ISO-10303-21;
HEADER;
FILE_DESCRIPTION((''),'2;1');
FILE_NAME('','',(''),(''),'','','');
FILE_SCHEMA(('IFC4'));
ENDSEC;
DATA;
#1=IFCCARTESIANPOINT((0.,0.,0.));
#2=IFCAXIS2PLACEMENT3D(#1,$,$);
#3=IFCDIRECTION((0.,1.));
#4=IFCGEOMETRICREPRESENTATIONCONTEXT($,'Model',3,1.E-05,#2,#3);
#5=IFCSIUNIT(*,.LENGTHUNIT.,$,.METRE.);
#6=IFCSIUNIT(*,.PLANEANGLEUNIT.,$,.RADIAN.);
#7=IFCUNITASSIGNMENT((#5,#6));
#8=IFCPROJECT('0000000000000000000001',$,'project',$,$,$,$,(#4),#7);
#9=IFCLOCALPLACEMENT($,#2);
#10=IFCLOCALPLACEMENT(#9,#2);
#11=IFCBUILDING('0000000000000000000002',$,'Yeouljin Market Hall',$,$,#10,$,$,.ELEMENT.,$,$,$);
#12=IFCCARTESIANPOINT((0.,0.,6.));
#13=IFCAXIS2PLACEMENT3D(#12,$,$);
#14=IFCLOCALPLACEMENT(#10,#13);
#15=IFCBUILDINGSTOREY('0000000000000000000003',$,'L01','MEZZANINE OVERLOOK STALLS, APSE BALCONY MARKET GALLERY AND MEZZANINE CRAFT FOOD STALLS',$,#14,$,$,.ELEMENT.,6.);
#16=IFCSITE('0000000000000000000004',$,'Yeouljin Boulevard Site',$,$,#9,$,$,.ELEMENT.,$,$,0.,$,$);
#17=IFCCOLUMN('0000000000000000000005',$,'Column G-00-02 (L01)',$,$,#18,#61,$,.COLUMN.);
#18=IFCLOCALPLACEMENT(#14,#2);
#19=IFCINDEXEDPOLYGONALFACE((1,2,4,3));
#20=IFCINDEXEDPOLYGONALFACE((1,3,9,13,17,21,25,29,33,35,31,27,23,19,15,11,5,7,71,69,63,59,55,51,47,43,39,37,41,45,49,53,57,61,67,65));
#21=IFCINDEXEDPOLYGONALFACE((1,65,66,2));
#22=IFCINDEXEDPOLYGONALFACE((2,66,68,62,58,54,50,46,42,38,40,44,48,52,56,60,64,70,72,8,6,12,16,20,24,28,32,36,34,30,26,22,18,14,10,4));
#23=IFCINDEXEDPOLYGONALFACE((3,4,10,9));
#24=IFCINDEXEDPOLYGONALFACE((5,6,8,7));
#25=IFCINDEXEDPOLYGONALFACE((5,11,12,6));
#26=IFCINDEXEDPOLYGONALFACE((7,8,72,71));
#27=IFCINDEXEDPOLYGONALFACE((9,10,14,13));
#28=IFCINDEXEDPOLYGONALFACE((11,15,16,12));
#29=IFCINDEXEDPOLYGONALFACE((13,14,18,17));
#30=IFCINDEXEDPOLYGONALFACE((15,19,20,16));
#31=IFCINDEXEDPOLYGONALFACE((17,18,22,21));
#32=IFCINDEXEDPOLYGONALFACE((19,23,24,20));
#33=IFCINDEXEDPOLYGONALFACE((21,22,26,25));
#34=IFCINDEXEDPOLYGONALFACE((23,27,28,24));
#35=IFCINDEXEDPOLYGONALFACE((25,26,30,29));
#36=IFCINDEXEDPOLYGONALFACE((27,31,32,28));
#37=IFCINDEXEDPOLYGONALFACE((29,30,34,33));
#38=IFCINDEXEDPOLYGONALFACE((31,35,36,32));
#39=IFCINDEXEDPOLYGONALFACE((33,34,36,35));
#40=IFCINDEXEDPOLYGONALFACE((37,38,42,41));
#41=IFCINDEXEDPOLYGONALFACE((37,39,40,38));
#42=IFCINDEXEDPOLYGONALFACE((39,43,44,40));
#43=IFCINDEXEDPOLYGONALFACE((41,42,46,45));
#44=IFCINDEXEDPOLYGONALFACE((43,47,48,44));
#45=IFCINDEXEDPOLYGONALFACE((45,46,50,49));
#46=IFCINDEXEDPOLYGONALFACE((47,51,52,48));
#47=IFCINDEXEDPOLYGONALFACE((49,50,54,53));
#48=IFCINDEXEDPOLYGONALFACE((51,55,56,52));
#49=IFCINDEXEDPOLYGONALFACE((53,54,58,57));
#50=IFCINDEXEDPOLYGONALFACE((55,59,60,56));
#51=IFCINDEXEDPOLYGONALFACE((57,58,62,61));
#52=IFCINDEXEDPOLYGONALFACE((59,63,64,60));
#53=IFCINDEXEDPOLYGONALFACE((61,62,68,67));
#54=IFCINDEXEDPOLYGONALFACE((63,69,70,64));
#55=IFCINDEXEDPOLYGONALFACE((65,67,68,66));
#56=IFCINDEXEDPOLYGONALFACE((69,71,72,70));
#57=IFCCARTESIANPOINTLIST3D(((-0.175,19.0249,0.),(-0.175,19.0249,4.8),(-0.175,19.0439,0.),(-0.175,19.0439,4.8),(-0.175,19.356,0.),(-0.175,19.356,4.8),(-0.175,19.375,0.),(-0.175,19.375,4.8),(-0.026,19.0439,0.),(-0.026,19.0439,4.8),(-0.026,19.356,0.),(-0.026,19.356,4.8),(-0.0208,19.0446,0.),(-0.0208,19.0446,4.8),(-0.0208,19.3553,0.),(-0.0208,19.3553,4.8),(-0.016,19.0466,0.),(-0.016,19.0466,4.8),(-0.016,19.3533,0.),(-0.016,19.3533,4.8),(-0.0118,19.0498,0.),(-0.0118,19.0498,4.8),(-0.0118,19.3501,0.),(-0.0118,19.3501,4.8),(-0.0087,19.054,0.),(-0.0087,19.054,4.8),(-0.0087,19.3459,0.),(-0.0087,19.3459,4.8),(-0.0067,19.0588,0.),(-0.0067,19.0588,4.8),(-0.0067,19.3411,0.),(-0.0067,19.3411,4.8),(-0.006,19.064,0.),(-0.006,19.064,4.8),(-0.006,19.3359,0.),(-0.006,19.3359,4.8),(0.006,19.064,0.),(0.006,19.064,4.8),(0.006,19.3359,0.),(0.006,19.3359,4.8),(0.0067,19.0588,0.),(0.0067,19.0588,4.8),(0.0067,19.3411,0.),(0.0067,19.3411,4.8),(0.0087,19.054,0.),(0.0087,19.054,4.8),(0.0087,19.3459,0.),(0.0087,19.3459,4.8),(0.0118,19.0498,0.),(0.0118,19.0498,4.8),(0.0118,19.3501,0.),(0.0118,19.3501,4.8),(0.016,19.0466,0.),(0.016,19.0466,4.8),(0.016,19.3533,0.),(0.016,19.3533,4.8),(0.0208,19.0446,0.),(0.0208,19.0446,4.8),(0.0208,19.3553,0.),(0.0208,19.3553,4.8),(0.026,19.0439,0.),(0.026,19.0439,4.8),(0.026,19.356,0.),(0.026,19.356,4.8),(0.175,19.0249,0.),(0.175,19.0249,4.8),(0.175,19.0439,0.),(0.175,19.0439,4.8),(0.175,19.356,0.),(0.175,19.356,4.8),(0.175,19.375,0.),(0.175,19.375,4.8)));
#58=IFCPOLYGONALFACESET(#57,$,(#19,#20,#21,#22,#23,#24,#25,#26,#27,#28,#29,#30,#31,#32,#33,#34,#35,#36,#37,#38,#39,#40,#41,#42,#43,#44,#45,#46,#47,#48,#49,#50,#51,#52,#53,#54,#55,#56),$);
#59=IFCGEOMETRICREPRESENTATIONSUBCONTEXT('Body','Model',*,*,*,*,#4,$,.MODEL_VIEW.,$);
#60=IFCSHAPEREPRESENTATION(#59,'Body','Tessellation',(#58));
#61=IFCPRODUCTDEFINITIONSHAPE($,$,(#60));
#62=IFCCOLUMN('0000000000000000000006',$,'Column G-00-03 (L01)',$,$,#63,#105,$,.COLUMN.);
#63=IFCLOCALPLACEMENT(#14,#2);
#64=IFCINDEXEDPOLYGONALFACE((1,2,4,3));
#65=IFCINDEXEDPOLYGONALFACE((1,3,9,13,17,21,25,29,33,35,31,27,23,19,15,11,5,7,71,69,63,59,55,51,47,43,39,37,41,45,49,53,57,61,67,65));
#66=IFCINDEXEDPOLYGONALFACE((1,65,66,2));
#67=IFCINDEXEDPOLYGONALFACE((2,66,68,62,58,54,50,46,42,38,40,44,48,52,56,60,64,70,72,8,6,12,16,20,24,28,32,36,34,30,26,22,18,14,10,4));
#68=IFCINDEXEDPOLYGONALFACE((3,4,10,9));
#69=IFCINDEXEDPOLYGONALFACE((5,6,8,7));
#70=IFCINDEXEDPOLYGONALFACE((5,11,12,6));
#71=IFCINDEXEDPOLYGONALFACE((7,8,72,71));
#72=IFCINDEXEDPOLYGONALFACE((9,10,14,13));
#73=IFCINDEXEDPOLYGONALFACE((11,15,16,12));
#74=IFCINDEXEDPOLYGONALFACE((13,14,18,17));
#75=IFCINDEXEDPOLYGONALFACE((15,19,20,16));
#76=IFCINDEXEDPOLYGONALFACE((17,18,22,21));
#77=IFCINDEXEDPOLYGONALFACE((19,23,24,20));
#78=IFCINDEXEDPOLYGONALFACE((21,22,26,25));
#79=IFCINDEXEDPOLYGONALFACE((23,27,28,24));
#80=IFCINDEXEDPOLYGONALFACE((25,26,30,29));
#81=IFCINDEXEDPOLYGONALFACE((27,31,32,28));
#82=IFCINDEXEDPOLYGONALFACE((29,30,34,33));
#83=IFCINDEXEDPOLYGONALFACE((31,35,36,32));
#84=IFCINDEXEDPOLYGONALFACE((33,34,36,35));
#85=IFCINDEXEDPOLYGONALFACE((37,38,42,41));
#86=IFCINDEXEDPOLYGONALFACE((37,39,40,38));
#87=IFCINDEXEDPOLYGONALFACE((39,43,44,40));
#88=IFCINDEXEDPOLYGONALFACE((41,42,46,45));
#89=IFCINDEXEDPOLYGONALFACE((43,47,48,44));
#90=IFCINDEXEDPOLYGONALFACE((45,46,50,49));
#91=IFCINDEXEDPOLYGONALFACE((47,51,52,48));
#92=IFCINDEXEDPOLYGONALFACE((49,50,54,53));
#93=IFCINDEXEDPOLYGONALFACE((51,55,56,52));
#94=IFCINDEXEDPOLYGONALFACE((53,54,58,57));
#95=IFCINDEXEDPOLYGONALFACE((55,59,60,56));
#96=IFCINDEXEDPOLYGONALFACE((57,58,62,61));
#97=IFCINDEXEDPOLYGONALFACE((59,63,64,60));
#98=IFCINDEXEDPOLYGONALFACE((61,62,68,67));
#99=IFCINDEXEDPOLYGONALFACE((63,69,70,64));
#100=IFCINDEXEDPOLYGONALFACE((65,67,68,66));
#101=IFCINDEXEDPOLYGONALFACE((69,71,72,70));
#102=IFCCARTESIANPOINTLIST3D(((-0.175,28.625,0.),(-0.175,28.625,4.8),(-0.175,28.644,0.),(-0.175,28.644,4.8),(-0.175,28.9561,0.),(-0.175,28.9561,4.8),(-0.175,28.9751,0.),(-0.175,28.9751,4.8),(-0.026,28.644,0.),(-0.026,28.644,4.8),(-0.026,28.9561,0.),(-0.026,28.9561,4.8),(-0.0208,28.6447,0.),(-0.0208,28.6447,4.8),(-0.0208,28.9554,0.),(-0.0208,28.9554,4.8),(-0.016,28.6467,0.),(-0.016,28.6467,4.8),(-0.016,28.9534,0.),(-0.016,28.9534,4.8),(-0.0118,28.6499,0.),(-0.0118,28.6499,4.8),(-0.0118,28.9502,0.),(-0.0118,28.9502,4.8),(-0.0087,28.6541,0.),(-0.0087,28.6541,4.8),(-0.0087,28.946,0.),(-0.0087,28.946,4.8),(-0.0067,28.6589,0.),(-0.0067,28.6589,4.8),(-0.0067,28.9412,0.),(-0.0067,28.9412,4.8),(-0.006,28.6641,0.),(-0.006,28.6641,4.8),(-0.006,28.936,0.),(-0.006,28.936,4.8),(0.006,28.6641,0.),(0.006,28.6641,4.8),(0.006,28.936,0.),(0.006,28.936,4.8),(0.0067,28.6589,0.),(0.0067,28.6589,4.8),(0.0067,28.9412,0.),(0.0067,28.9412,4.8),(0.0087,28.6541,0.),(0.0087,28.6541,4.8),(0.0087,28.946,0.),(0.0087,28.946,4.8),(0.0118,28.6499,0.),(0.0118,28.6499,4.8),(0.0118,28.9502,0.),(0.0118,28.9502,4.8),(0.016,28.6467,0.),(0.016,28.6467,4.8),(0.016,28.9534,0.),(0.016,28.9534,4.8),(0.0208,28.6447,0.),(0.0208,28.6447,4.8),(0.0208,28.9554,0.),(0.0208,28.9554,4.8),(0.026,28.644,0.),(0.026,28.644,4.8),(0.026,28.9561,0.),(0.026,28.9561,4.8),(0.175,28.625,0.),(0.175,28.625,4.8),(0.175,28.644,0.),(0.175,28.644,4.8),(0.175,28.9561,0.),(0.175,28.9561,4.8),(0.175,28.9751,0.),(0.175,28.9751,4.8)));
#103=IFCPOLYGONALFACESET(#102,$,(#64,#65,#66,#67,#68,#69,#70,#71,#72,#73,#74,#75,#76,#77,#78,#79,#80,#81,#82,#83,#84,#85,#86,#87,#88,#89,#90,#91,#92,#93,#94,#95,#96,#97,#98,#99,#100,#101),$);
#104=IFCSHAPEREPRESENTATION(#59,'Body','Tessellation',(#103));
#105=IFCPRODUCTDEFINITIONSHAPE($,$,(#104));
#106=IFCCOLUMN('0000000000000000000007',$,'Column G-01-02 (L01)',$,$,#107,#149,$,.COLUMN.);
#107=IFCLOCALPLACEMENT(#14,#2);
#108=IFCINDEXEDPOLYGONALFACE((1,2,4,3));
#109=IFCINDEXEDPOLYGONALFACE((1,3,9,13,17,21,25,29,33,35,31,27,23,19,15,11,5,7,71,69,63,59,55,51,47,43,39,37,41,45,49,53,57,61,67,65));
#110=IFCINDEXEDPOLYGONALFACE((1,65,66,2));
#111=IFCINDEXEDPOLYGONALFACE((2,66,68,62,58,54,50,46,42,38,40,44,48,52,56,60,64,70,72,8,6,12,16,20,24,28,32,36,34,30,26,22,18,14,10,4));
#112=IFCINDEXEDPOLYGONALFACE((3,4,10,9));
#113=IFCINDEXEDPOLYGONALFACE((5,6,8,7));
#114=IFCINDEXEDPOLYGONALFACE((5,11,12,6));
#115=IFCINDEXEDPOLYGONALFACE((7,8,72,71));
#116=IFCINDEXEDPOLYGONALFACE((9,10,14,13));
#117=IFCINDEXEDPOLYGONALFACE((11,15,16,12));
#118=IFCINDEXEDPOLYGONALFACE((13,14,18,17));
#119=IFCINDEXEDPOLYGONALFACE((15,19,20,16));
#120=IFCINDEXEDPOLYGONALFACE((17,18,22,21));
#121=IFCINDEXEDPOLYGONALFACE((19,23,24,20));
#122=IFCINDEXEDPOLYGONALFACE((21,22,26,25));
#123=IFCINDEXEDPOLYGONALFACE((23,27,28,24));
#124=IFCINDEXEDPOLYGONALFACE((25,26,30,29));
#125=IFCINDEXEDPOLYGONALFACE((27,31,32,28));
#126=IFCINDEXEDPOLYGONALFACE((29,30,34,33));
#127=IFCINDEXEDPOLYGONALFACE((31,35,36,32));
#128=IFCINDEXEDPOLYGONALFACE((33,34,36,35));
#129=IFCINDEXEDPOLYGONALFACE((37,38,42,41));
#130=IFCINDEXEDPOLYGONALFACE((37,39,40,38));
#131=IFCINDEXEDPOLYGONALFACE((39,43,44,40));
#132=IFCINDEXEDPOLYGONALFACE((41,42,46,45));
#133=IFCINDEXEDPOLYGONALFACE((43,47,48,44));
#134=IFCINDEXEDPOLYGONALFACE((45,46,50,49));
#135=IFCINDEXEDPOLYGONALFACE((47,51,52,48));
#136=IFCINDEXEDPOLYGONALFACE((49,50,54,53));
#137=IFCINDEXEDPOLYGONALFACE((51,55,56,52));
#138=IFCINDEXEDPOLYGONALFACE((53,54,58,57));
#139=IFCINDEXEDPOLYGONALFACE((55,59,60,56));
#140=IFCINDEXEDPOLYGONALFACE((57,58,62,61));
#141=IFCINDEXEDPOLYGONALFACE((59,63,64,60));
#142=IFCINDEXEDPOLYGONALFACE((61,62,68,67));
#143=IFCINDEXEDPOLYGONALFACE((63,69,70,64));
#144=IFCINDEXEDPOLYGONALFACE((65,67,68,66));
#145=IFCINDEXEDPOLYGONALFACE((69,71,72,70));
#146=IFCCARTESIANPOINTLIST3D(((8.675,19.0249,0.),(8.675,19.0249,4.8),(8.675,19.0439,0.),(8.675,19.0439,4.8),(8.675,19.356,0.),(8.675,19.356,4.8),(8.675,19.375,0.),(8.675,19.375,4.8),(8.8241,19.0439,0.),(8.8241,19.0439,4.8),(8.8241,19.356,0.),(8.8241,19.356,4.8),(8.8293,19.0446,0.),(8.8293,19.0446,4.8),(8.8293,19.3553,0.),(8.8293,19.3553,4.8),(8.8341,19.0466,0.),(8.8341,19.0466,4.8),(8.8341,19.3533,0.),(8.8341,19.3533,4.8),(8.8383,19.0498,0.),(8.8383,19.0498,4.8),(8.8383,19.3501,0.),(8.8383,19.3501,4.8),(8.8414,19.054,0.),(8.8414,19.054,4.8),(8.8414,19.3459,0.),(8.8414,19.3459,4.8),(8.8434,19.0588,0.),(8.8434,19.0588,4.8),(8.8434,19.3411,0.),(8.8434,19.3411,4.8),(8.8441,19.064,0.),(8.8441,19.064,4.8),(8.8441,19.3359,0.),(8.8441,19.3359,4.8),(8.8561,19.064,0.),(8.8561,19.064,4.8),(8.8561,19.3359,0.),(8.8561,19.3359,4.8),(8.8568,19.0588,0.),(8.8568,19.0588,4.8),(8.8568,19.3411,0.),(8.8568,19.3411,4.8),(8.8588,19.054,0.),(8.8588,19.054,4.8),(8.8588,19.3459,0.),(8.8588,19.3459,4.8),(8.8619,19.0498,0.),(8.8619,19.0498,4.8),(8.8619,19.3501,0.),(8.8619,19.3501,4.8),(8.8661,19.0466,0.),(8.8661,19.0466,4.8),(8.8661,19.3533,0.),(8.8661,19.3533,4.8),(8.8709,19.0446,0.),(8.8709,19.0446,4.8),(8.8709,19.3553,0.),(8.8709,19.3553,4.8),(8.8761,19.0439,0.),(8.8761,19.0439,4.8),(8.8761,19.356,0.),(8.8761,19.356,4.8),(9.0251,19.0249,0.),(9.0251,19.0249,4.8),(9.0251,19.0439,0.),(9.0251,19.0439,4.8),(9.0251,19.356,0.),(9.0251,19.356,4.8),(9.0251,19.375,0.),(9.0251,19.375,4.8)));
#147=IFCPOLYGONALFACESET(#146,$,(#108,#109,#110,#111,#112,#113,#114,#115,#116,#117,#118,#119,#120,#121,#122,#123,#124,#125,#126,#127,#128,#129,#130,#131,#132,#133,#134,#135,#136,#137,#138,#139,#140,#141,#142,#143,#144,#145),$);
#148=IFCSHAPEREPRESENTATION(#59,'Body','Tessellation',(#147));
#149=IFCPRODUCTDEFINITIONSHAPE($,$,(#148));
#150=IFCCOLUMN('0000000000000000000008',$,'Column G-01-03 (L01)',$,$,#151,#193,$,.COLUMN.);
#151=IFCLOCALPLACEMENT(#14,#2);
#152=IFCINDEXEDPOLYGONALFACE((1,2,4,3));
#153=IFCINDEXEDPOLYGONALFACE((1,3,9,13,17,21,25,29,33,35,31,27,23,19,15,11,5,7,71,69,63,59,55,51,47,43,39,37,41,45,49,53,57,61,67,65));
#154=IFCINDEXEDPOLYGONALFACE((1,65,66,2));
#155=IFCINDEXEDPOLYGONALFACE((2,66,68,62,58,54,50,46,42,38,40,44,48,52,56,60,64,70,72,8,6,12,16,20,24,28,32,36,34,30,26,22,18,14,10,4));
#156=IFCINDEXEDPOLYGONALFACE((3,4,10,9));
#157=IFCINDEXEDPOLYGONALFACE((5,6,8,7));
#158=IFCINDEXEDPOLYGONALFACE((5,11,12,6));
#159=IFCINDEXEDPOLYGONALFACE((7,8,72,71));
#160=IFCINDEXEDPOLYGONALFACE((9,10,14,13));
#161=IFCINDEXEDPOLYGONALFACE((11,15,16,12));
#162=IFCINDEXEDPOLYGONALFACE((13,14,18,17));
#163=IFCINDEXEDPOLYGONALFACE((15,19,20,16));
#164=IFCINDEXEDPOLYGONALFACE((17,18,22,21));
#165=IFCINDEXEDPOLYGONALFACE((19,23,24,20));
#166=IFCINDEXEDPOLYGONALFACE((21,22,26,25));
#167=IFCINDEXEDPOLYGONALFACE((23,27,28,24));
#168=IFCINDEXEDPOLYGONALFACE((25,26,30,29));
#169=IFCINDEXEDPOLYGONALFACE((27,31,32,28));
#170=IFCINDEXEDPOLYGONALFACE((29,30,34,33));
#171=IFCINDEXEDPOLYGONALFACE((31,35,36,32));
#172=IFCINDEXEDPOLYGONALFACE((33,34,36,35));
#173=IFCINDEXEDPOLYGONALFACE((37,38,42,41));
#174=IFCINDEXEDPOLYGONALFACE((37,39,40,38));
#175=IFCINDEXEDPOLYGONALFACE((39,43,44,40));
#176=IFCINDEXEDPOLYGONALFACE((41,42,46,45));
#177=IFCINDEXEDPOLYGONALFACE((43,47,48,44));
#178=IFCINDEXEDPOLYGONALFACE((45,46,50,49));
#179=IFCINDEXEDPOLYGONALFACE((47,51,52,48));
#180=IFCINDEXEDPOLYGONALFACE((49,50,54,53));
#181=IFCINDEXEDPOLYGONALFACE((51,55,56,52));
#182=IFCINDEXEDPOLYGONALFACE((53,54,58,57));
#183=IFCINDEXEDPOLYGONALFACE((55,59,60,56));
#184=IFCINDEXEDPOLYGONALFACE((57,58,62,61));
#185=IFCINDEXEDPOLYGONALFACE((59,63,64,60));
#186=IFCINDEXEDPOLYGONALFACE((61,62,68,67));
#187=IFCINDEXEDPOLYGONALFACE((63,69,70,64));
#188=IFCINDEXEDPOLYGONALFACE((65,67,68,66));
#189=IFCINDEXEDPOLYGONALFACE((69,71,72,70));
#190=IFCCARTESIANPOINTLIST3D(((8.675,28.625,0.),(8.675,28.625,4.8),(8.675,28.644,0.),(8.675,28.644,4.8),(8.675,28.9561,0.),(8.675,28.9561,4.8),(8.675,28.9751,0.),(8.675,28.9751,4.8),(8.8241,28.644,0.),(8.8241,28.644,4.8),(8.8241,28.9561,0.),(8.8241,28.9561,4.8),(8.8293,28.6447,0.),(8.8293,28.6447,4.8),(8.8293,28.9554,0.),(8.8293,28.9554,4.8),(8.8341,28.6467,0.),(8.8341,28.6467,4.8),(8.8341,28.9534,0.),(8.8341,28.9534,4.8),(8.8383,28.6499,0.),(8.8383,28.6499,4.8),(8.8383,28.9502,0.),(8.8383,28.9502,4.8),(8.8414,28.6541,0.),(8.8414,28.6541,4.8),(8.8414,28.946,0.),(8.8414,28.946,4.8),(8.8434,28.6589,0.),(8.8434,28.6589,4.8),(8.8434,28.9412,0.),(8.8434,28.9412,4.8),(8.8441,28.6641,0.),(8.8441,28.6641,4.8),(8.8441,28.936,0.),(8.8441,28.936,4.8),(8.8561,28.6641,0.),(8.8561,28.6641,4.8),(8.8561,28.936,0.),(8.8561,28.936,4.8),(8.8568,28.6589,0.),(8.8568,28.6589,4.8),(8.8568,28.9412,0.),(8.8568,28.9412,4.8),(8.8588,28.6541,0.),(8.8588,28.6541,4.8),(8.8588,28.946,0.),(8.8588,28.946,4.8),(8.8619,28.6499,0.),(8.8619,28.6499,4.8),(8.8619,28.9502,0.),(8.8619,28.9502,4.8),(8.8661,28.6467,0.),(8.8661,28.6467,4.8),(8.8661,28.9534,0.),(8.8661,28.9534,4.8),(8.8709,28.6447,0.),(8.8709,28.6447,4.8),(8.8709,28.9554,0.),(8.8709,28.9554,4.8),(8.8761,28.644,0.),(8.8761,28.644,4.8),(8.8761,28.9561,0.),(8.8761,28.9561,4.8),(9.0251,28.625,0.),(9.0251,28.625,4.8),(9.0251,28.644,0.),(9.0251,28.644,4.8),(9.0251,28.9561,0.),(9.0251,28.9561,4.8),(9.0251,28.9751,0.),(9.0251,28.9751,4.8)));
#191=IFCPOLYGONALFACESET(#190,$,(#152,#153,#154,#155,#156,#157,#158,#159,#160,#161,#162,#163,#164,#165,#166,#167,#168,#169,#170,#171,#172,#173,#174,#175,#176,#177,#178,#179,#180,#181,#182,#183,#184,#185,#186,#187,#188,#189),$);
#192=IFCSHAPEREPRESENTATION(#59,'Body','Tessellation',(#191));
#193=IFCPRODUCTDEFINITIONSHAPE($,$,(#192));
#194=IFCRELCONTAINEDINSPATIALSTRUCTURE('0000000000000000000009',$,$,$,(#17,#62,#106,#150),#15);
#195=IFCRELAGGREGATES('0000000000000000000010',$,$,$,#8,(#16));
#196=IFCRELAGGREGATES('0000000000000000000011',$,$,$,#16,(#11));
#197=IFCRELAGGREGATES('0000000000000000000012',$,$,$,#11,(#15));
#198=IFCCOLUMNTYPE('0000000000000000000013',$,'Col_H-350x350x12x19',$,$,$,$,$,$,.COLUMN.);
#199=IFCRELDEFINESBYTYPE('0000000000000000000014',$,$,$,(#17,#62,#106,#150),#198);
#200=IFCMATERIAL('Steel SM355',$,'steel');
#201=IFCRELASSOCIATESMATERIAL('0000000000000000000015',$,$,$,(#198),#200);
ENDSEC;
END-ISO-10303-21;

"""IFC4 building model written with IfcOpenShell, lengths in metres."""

from ifc_helpers import new_model, si_unit, direction, frame, origin, origin_2d, place, context, subcontext, project, spatial, i_section, extrude, material, material_profile, profile_set, type_object, element, save


model = new_model("IFC4")

# Units and contexts
model_context = context("Model", 3, precision=1e-05, world=origin(), true_north=direction((0.0, 1.0)))
body_context = subcontext(model_context, "Body", "Model", "MODEL_VIEW")
ifc_project = project(units=[si_unit("LENGTHUNIT", "METRE"), si_unit("PLANEANGLEUNIT", "RADIAN")], contexts=[model_context])

# Site, building, storey
site_placement = place(None, origin())
site = spatial("IfcSite", under=ifc_project, at=site_placement, Name="Yeouljin Boulevard Site", CompositionType="ELEMENT", RefElevation=0.0)
building_placement = place(site_placement, origin())
building = spatial("IfcBuilding", under=site, at=building_placement, Name="Yeouljin Market Hall", CompositionType="ELEMENT")
storey_placement = place(building_placement, frame((0.0, 0.0, 6.0)))
storey = spatial("IfcBuildingStorey", under=building, at=storey_placement, Name="L01", Description="MEZZANINE OVERLOOK STALLS, APSE BALCONY MARKET GALLERY AND MEZZANINE CRAFT FOOD STALLS", CompositionType="ELEMENT", Elevation=6.0)

# Columns
ifc_material_1 = material(Name="Steel SM355", Category="steel")
ifc_material_profile_1 = material_profile(ifc_material_1, i_section(OverallWidth=0.3501, OverallDepth=0.3501, WebThickness=0.012, FlangeThickness=0.019, FilletRadius=0.02, at=origin_2d()), Name="H-350x350x12x19")
ifc_profile_set_1 = profile_set([ifc_material_profile_1], Name="Steel SM355")
column_type = type_object("IfcColumnType", Name="Col_H-350x350x12x19", PredefinedType="COLUMN", material=ifc_profile_set_1)
for number, where, z_axis, x_axis, name in (
    (1, (0.0, 19.2, 0.0), (0.0, 0.0, 1.0), (1.0, 0.0, 0.0), "Column G-00-02 (L01)"),
    (2, (0.0, 28.8, 0.0), (0.0, 0.0, 1.0), (1.0, 0.0, 0.0), "Column G-00-03 (L01)"),
    (3, (8.8501, 19.2, 0.0), (0.0, 0.0, 1.0), (1.0, 0.0, 0.0), "Column G-01-02 (L01)"),
    (4, (8.8501, 28.8, 0.0), (0.0, 0.0, 1.0), (1.0, 0.0, 0.0), "Column G-01-03 (L01)"),
):
    element("IfcColumn", number, at=place(storey_placement, frame(where, z_axis=z_axis, x_axis=x_axis)), inside=storey, type_object=column_type, Name=name, PredefinedType="COLUMN", context=body_context, shape_type="SweptSolid", body=[
        extrude(i_section(OverallWidth=0.3501, OverallDepth=0.3501, WebThickness=0.012, FlangeThickness=0.019, FilletRadius=0.02, at=origin_2d()), origin(), (0.0, 0.0, 1.0), 4.8),
    ])

save(model, "model.ifc")
